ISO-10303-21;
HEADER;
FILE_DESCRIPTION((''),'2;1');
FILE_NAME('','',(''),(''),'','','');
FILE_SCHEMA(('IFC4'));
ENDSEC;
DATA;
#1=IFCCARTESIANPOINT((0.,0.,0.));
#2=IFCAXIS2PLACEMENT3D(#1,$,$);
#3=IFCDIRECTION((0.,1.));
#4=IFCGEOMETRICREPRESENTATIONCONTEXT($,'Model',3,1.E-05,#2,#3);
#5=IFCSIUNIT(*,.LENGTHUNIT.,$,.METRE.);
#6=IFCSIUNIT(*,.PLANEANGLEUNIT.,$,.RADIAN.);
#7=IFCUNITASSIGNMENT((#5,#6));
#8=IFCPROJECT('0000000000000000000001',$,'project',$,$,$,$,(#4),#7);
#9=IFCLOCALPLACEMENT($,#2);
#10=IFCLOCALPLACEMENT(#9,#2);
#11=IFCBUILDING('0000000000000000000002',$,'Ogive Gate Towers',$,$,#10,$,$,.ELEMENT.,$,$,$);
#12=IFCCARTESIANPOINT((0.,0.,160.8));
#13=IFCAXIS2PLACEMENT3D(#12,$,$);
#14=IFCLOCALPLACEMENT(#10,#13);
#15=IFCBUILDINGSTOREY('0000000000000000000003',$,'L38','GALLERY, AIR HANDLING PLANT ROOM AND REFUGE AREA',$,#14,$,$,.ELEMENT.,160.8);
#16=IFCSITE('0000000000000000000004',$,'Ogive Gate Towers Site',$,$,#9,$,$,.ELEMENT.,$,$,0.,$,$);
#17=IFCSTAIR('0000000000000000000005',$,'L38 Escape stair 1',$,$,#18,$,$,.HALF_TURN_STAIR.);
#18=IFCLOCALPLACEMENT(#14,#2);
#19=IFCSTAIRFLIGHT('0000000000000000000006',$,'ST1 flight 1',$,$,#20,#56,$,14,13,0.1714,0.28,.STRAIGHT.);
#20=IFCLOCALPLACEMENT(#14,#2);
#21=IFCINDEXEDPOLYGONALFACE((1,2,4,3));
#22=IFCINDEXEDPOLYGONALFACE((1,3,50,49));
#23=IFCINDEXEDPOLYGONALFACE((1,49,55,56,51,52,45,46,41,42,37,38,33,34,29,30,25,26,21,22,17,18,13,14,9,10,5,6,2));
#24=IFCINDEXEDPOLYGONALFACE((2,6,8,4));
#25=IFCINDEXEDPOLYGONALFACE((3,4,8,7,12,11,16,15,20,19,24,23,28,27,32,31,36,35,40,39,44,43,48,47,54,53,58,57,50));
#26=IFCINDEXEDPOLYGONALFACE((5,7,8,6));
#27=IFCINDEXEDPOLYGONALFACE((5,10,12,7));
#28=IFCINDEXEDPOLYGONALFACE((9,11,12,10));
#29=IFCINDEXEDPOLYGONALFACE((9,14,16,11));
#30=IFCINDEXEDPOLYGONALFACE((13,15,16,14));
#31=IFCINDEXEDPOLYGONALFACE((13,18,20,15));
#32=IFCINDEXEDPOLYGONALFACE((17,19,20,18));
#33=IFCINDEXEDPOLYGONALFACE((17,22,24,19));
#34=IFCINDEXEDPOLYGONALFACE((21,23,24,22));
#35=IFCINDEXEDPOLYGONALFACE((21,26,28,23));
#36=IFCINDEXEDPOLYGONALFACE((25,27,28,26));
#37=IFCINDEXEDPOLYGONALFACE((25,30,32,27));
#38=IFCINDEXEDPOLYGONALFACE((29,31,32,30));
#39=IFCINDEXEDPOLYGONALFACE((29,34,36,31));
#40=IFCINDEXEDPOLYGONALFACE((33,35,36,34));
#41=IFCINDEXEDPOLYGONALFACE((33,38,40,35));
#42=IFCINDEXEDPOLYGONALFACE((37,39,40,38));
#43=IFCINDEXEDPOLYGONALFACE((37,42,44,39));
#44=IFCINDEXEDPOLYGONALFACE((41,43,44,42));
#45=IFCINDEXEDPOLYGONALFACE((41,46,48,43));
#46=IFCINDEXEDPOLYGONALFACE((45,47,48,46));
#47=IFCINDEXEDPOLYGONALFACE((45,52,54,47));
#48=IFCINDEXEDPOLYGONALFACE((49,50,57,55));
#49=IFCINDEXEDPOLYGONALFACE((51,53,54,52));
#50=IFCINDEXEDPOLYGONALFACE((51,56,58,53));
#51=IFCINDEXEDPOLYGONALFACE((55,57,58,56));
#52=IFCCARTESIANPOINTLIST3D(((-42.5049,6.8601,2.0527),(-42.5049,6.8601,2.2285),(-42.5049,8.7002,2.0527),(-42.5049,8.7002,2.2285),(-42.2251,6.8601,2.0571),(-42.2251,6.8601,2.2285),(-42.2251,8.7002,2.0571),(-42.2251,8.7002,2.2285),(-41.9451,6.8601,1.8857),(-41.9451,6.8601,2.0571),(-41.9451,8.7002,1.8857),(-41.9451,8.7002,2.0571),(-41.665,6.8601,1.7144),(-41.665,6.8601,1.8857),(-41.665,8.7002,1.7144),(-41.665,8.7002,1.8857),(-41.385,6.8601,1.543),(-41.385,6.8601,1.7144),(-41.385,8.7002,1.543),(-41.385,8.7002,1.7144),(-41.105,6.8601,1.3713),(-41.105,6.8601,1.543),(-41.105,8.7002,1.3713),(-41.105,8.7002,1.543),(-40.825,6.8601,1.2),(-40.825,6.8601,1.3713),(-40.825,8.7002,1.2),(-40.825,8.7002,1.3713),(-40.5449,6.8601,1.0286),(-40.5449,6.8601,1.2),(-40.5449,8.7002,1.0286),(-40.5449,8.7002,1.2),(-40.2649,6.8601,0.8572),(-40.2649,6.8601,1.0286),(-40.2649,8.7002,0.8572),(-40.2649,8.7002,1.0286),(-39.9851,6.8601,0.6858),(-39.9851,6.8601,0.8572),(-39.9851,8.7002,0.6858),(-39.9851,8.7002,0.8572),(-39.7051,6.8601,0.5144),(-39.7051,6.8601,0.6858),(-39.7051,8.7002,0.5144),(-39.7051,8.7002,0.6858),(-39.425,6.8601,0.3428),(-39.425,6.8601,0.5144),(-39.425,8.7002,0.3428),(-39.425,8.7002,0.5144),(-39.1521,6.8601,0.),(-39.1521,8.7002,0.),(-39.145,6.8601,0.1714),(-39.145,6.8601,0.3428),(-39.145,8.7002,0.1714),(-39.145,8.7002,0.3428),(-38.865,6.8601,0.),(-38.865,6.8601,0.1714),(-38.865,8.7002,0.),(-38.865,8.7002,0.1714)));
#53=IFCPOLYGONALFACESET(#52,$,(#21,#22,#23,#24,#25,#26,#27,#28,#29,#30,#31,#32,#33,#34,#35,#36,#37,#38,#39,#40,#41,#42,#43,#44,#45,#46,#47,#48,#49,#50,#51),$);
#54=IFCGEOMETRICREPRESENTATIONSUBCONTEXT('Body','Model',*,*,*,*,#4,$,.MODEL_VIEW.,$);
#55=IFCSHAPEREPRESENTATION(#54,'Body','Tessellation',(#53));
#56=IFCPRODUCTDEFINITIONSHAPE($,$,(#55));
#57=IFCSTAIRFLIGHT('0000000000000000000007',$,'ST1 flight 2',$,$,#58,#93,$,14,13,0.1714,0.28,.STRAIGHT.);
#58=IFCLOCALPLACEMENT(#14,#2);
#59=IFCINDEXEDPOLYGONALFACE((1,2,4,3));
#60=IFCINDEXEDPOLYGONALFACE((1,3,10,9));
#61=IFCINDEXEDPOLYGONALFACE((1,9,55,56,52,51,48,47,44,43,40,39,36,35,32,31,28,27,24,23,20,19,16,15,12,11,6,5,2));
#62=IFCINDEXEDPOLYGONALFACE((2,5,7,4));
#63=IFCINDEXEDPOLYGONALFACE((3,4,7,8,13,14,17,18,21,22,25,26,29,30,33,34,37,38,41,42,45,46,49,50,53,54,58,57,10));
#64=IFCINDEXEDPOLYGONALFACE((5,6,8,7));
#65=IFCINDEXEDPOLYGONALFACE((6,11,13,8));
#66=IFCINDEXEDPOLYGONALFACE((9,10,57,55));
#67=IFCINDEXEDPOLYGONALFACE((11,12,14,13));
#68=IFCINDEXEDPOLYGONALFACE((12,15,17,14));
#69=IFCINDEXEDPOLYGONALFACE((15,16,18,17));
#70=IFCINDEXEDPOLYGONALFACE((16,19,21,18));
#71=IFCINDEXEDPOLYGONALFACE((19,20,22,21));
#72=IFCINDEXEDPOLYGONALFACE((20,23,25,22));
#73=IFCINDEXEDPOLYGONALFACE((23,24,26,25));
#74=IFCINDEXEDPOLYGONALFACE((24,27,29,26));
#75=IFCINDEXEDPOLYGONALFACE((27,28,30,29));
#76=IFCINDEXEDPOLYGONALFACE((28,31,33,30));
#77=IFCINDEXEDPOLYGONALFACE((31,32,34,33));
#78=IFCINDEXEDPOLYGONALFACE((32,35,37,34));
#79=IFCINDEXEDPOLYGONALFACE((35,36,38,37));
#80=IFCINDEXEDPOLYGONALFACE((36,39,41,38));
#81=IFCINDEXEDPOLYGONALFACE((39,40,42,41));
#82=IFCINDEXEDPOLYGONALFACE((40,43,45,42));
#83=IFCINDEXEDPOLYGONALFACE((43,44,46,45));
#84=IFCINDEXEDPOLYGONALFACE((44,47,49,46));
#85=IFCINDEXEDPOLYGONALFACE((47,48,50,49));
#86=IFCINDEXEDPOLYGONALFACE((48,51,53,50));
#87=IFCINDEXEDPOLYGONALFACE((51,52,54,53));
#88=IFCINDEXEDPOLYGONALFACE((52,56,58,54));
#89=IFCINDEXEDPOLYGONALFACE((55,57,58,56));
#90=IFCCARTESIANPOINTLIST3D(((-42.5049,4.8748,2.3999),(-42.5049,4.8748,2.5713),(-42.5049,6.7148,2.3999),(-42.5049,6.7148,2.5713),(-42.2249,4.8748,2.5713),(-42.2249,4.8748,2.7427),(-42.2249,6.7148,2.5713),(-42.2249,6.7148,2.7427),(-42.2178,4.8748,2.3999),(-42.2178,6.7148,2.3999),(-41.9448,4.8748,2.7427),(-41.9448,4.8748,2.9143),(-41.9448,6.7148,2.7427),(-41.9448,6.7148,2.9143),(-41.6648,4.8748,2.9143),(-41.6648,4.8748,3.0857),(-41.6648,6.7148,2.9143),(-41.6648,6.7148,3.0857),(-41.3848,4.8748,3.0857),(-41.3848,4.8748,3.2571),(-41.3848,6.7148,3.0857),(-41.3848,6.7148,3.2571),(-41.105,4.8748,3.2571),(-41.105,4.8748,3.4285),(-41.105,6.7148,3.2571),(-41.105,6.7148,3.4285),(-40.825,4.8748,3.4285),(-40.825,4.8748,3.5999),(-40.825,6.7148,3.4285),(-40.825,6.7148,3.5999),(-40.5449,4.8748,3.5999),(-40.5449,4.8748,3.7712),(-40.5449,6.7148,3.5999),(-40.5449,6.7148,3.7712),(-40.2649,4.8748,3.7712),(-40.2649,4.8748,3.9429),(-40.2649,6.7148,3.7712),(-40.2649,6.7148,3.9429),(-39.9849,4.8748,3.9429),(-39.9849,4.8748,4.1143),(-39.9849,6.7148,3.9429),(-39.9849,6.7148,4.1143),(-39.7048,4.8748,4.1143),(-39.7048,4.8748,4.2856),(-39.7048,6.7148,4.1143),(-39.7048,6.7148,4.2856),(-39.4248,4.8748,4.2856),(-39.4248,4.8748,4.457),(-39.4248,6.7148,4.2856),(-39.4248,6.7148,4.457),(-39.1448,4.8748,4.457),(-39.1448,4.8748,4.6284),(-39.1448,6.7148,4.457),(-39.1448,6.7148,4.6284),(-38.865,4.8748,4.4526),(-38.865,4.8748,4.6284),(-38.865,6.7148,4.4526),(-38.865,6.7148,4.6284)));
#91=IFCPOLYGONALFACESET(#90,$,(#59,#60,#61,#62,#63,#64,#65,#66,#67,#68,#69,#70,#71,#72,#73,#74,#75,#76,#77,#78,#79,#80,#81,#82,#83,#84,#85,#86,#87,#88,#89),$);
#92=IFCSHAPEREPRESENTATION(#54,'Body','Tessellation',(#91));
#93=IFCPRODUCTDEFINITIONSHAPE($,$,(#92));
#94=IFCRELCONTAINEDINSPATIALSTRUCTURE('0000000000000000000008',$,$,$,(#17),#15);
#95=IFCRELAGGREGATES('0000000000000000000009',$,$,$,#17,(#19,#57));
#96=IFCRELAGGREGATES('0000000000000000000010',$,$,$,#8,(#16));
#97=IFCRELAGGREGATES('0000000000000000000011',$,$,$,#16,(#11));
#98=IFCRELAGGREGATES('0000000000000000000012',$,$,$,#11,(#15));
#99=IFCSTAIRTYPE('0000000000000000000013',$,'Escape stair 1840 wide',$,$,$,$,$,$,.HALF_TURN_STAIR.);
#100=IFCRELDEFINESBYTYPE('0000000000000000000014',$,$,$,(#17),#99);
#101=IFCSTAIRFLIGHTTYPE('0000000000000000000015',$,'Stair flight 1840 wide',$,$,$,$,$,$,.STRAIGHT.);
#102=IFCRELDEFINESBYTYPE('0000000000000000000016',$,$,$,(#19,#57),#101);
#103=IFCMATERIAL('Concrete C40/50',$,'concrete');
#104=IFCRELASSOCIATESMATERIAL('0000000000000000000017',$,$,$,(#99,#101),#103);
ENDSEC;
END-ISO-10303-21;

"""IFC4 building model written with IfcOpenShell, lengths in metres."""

from ifc_helpers import new_model, si_unit, direction, frame, origin, place, context, subcontext, project, spatial, polyline, outline, extrude, material, type_object, element, aggregate, save


model = new_model("IFC4")

# Units and contexts
model_context = context("Model", 3, precision=1e-05, world=origin(), true_north=direction((0.0, 1.0)))
body_context = subcontext(model_context, "Body", "Model", "MODEL_VIEW")
ifc_project = project(units=[si_unit("LENGTHUNIT", "METRE"), si_unit("PLANEANGLEUNIT", "RADIAN")], contexts=[model_context])

# Site, building, storey
site_placement = place(None, origin())
site = spatial("IfcSite", under=ifc_project, at=site_placement, Name="Ogive Gate Towers Site", CompositionType="ELEMENT", RefElevation=0.0)
building_placement = place(site_placement, origin())
building = spatial("IfcBuilding", under=site, at=building_placement, Name="Ogive Gate Towers", CompositionType="ELEMENT")
storey_placement = place(building_placement, frame((0.0, 0.0, 160.8)))
storey = spatial("IfcBuildingStorey", under=building, at=storey_placement, Name="L38", Description="GALLERY, AIR HANDLING PLANT ROOM AND REFUGE AREA", CompositionType="ELEMENT", Elevation=160.8)

# Stair, stair flights
ifc_material_1 = material(Name="Concrete C40/50", Category="concrete")
stair_type = type_object("IfcStairType", Name="Escape stair 1840 wide", PredefinedType="HALF_TURN_STAIR", material=ifc_material_1)
stair_placement = place(storey_placement, origin())
stair = element("IfcStair", 1, at=stair_placement, inside=storey, type_object=stair_type, Name="L38 Escape stair 1", PredefinedType="HALF_TURN_STAIR")
stair_flight_type = type_object("IfcStairFlightType", Name="Stair flight 1840 wide", PredefinedType="STRAIGHT", material=ifc_material_1)
stair_flight_1_placement = place(storey_placement, frame((-38.865, 7.78, 0.0), z_axis=(0.0, 0.0, 1.0), x_axis=(-1.0, 0.0, 0.0)))
stair_flight_1 = element("IfcStairFlight", 2, at=stair_flight_1_placement, type_object=stair_flight_type, Name="ST1 flight 1", NumberOfRisers=14, NumberOfTreads=13, PredefinedType="STRAIGHT", RiserHeight=0.1714, TreadLength=0.28, context=body_context, shape_type="SweptSolid", body=[
    extrude(outline(polyline([(0.0, 0.0), (0.0, 0.1714), (0.28, 0.1714), (0.28, 0.3428), (0.5601, 0.3428), (0.5601, 0.5144), (0.8401, 0.5144), (0.8401, 0.6858), (1.1201, 0.6858), (1.1201, 0.8572), (1.3999, 0.8572), (1.3999, 1.0286), (1.6799, 1.0286), (1.6799, 1.2), (1.96, 1.2), (1.96, 1.3713), (2.24, 1.3713), (2.24, 1.543), (2.52, 1.543), (2.52, 1.7144), (2.8, 1.7144), (2.8, 1.8857), (3.0801, 1.8857), (3.0801, 2.0571), (3.3601, 2.0571), (3.3601, 2.2285), (3.6399, 2.2285), (3.6399, 2.3999), (3.6399, 2.0527), (0.2871, 0.0), (0.0, 0.0)])), frame((0.0, 0.9199, 0.0), z_axis=(0.0, -1.0, 0.0), x_axis=(1.0, 0.0, 0.0)), (0.0, 0.0, 1.0), 1.8401),
])
stair_flight_2_placement = place(storey_placement, frame((-42.5049, 5.7949, 2.3999), z_axis=(0.0, 0.0, 1.0), x_axis=(1.0, 0.0, 0.0)))
stair_flight_2 = element("IfcStairFlight", 3, at=stair_flight_2_placement, type_object=stair_flight_type, Name="ST1 flight 2", NumberOfRisers=14, NumberOfTreads=13, PredefinedType="STRAIGHT", RiserHeight=0.1714, TreadLength=0.28, context=body_context, shape_type="SweptSolid", body=[
    extrude(outline(polyline([(0.0, 0.0), (0.0, 0.1714), (0.28, 0.1714), (0.28, 0.3428), (0.5601, 0.3428), (0.5601, 0.5144), (0.8401, 0.5144), (0.8401, 0.6858), (1.1201, 0.6858), (1.1201, 0.8572), (1.3999, 0.8572), (1.3999, 1.0286), (1.6799, 1.0286), (1.6799, 1.2), (1.96, 1.2), (1.96, 1.3713), (2.24, 1.3713), (2.24, 1.543), (2.52, 1.543), (2.52, 1.7144), (2.8, 1.7144), (2.8, 1.8857), (3.0801, 1.8857), (3.0801, 2.0571), (3.3601, 2.0571), (3.3601, 2.2285), (3.6399, 2.2285), (3.6399, 2.3999), (3.6399, 2.0527), (0.2871, 0.0), (0.0, 0.0)])), frame((0.0, 0.9199, 0.0), z_axis=(0.0, -1.0, 0.0), x_axis=(1.0, 0.0, 0.0)), (0.0, 0.0, 1.0), 1.8401),
])
aggregate(stair, [stair_flight_1, stair_flight_2])

save(model, "model.ifc")
